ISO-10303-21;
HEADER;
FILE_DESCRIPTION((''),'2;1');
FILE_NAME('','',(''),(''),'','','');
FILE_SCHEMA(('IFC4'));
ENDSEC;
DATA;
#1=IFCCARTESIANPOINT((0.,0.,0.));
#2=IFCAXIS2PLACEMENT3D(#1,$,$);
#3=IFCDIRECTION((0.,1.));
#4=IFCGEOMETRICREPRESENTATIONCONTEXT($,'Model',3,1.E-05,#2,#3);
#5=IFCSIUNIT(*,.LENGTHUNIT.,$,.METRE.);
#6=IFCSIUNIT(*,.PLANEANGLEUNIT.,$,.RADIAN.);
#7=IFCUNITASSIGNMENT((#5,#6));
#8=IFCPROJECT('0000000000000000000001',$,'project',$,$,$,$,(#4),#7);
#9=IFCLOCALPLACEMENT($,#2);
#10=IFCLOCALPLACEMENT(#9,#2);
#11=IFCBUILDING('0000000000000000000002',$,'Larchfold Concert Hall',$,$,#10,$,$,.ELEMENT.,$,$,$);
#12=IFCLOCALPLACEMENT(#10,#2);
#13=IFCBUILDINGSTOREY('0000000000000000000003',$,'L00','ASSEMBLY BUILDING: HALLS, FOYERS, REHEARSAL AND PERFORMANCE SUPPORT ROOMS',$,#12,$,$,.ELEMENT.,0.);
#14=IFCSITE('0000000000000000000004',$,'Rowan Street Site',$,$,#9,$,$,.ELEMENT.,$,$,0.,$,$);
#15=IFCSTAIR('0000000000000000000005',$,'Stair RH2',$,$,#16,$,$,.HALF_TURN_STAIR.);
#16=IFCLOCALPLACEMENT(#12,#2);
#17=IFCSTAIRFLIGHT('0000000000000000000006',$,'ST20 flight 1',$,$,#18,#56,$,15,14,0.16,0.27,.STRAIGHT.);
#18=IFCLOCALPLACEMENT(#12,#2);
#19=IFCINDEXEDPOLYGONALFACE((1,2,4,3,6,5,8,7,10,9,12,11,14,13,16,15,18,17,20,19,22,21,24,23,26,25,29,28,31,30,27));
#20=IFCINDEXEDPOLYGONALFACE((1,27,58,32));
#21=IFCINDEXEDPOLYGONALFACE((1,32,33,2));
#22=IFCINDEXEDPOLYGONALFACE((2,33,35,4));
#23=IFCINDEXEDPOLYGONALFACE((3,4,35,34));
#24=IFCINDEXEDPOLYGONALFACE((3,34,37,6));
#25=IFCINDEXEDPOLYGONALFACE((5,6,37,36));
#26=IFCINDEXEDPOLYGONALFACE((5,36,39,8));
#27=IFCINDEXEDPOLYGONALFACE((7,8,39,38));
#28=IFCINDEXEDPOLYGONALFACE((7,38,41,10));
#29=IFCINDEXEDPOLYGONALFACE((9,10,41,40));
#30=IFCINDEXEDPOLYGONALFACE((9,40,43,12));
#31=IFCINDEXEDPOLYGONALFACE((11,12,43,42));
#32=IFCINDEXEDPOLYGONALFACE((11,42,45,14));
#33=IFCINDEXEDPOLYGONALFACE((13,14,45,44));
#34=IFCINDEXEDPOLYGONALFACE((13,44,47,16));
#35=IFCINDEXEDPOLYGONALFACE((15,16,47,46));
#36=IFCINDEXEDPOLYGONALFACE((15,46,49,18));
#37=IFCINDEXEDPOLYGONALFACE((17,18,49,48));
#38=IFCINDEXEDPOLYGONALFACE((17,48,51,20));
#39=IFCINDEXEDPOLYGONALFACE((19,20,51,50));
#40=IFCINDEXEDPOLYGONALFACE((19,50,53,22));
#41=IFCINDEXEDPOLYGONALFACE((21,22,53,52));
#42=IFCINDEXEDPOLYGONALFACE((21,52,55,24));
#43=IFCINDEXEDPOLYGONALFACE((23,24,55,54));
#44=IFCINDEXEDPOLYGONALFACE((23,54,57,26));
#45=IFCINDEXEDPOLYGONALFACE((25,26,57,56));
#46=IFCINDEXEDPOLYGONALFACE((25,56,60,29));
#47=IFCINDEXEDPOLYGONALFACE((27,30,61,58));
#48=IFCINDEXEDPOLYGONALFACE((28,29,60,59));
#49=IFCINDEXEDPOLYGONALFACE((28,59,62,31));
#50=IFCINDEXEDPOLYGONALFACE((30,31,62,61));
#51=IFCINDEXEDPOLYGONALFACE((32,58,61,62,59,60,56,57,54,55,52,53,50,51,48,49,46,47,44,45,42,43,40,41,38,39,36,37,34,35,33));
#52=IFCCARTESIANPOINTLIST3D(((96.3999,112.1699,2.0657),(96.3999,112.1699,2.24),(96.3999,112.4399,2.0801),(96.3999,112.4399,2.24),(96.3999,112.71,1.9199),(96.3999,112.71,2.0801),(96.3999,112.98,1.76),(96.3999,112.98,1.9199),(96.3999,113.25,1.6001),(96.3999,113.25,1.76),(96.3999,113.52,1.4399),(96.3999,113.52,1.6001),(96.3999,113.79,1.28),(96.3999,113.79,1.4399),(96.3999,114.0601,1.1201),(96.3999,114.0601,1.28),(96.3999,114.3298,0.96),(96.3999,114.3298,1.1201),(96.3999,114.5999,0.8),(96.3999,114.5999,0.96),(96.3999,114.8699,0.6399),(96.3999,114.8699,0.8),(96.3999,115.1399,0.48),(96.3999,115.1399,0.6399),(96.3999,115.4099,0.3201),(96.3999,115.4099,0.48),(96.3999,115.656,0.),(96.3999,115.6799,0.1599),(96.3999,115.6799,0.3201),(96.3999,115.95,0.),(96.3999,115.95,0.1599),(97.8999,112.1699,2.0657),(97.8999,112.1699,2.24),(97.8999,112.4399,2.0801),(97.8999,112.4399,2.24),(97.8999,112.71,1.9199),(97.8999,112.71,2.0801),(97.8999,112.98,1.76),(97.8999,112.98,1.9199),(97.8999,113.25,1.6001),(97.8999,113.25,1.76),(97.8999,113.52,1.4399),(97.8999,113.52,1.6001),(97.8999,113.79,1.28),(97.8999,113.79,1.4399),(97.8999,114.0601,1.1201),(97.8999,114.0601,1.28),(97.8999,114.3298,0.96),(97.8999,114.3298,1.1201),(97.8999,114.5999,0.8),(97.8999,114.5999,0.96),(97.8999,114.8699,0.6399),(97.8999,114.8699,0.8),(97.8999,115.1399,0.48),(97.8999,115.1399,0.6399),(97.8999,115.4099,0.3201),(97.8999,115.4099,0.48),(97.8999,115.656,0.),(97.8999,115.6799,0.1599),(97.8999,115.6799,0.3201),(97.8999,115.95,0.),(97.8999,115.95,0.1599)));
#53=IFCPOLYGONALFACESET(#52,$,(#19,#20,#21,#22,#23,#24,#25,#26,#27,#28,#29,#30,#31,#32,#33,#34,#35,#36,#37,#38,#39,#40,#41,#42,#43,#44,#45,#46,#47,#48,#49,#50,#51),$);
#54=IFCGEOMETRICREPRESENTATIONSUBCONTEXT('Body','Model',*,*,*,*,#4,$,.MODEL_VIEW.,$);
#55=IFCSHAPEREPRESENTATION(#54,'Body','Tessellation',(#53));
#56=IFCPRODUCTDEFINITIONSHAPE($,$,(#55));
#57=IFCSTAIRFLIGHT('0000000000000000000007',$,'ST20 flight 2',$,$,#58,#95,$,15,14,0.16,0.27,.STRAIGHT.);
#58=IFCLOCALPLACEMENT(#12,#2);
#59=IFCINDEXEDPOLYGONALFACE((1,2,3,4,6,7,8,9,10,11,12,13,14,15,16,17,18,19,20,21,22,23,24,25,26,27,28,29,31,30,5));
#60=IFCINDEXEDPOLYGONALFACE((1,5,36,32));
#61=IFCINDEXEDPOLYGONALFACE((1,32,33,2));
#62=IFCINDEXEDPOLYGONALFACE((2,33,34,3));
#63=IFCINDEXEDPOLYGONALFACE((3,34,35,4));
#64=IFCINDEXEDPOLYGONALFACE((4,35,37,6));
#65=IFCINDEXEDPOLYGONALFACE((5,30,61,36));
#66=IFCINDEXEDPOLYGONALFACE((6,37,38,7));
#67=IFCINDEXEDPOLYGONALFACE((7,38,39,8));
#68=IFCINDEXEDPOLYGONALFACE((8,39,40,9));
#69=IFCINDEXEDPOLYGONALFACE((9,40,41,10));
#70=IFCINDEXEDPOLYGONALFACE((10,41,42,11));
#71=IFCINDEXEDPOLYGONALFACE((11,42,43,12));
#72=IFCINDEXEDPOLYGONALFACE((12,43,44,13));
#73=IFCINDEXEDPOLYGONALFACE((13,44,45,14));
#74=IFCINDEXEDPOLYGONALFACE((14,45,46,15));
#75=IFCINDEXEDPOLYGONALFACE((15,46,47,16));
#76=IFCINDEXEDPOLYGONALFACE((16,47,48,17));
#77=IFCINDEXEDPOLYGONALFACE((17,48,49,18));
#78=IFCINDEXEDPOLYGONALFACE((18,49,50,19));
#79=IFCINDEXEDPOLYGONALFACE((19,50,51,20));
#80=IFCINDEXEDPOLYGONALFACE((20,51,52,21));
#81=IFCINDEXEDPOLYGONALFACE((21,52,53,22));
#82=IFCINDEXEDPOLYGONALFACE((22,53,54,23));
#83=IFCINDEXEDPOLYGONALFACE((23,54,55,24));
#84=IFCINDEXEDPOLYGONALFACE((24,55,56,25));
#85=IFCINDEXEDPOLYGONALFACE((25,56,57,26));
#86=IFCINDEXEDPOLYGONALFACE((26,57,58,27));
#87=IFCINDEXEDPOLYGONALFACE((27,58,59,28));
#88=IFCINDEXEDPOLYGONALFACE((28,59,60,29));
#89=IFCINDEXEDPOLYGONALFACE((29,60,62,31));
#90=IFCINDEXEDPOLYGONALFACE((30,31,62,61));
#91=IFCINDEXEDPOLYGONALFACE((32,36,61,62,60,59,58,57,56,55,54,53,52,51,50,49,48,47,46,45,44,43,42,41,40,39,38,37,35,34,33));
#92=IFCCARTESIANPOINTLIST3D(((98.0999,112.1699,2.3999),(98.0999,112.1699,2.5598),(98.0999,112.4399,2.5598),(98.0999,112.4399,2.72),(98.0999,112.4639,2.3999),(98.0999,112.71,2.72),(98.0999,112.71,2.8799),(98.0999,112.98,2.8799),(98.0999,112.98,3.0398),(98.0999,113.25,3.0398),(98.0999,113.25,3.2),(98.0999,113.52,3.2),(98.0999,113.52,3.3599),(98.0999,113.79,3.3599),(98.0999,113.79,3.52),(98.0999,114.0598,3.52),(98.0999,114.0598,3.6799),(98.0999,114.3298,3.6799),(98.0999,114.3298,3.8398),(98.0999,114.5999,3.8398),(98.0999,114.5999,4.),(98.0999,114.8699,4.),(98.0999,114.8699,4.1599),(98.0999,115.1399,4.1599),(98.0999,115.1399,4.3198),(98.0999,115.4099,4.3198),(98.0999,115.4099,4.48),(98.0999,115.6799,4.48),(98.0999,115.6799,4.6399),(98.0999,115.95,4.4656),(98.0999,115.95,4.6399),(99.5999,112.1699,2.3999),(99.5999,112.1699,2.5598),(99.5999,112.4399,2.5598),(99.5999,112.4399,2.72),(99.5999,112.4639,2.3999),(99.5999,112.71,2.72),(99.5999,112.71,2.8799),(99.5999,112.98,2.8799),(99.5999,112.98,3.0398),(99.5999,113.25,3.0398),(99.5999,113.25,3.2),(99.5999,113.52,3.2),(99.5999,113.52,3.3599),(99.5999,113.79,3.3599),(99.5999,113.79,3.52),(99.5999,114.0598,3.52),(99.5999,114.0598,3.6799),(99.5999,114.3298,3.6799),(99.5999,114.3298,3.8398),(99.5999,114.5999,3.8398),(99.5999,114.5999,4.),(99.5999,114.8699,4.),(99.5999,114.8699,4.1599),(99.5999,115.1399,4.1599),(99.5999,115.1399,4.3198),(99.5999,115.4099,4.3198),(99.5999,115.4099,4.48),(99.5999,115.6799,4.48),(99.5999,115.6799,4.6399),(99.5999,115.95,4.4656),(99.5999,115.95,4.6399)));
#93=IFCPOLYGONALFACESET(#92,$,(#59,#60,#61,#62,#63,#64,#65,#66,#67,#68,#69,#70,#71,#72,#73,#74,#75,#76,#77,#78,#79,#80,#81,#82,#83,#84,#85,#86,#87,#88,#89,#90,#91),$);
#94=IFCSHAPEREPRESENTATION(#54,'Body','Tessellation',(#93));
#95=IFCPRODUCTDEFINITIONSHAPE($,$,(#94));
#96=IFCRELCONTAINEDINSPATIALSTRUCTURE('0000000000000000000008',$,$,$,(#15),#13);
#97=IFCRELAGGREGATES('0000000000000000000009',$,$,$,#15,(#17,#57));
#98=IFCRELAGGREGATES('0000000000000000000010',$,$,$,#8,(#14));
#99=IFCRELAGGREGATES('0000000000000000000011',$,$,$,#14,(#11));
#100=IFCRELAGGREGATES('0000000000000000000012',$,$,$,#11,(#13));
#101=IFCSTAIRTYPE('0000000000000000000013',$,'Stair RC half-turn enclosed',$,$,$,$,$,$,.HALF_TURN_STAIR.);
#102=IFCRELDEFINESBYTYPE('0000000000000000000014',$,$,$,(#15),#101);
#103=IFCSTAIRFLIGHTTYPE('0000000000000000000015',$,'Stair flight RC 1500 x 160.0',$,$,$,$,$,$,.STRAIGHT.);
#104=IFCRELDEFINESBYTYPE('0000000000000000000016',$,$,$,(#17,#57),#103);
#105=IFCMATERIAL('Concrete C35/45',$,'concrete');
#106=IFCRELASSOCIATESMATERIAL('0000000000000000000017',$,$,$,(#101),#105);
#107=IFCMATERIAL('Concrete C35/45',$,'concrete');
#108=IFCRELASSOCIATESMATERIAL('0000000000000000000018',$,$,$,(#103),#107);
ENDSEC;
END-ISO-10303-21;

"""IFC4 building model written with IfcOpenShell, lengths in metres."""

from ifc_helpers import new_model, si_unit, direction, frame, origin, place, context, subcontext, project, spatial, polyline, outline, extrude, material, type_object, element, aggregate, save


model = new_model("IFC4")

# Units and contexts
model_context = context("Model", 3, precision=1e-05, world=origin(), true_north=direction((0.0, 1.0)))
body_context = subcontext(model_context, "Body", "Model", "MODEL_VIEW")
ifc_project = project(units=[si_unit("LENGTHUNIT", "METRE"), si_unit("PLANEANGLEUNIT", "RADIAN")], contexts=[model_context])

# Site, building, storey
site_placement = place(None, origin())
site = spatial("IfcSite", under=ifc_project, at=site_placement, Name="Rowan Street Site", CompositionType="ELEMENT", RefElevation=0.0)
building_placement = place(site_placement, origin())
building = spatial("IfcBuilding", under=site, at=building_placement, Name="Larchfold Concert Hall", CompositionType="ELEMENT")
storey_placement = place(building_placement, origin())
storey = spatial("IfcBuildingStorey", under=building, at=storey_placement, Name="L00", Description="ASSEMBLY BUILDING: HALLS, FOYERS, REHEARSAL AND PERFORMANCE SUPPORT ROOMS", CompositionType="ELEMENT", Elevation=0.0)

# Stair, stair flights
ifc_material_1 = material(Name="Concrete C35/45", Category="concrete")
stair_type = type_object("IfcStairType", Name="Stair RC half-turn enclosed", PredefinedType="HALF_TURN_STAIR", material=ifc_material_1)
stair_placement = place(storey_placement, origin())
stair = element("IfcStair", 1, at=stair_placement, inside=storey, type_object=stair_type, Name="Stair RH2", PredefinedType="HALF_TURN_STAIR")
ifc_material_2 = material(Name="Concrete C35/45", Category="concrete")
stair_flight_type = type_object("IfcStairFlightType", Name="Stair flight RC 1500 x 160.0", PredefinedType="STRAIGHT", material=ifc_material_2)
stair_flight_1_placement = place(storey_placement, frame((97.1499, 115.95, 0.0), z_axis=(0.0, 0.0, 1.0), x_axis=(0.0, -1.0, 0.0)))
stair_flight_1 = element("IfcStairFlight", 2, at=stair_flight_1_placement, type_object=stair_flight_type, Name="ST20 flight 1", NumberOfRisers=15, NumberOfTreads=14, PredefinedType="STRAIGHT", RiserHeight=0.16, TreadLength=0.27, context=body_context, shape_type="SweptSolid", body=[
    extrude(outline(polyline([(0.0, 0.0), (0.0, 0.1599), (0.27, 0.1599), (0.27, 0.3201), (0.54, 0.3201), (0.54, 0.48), (0.8101, 0.48), (0.8101, 0.6399), (1.0801, 0.6399), (1.0801, 0.8), (1.3501, 0.8), (1.3501, 0.96), (1.6201, 0.96), (1.6201, 1.1201), (1.8899, 1.1201), (1.8899, 1.28), (2.1599, 1.28), (2.1599, 1.4399), (2.4299, 1.4399), (2.4299, 1.6001), (2.7, 1.6001), (2.7, 1.76), (2.97, 1.76), (2.97, 1.9199), (3.24, 1.9199), (3.24, 2.0801), (3.51, 2.0801), (3.51, 2.24), (3.78, 2.24), (3.78, 2.3999), (3.78, 2.0657), (0.2939, 0.0), (0.0, 0.0)])), frame((0.0, 0.75, 0.0), z_axis=(0.0, -1.0, 0.0), x_axis=(1.0, 0.0, 0.0)), (0.0, 0.0, 1.0), 1.5),
])
stair_flight_2_placement = place(storey_placement, frame((98.8499, 112.1699, 2.3999), z_axis=(0.0, 0.0, 1.0), x_axis=(0.0, 1.0, 0.0)))
stair_flight_2 = element("IfcStairFlight", 3, at=stair_flight_2_placement, type_object=stair_flight_type, Name="ST20 flight 2", NumberOfRisers=15, NumberOfTreads=14, PredefinedType="STRAIGHT", RiserHeight=0.16, TreadLength=0.27, context=body_context, shape_type="SweptSolid", body=[
    extrude(outline(polyline([(0.0, 0.0), (0.0, 0.1599), (0.27, 0.1599), (0.27, 0.3201), (0.54, 0.3201), (0.54, 0.48), (0.8101, 0.48), (0.8101, 0.6399), (1.0801, 0.6399), (1.0801, 0.8), (1.3501, 0.8), (1.3501, 0.96), (1.6201, 0.96), (1.6201, 1.1201), (1.8899, 1.1201), (1.8899, 1.28), (2.1599, 1.28), (2.1599, 1.4399), (2.4299, 1.4399), (2.4299, 1.6001), (2.7, 1.6001), (2.7, 1.76), (2.97, 1.76), (2.97, 1.9199), (3.24, 1.9199), (3.24, 2.0801), (3.51, 2.0801), (3.51, 2.24), (3.78, 2.24), (3.78, 2.3999), (3.78, 2.0657), (0.2939, 0.0), (0.0, 0.0)])), frame((0.0, 0.75, 0.0), z_axis=(0.0, -1.0, 0.0), x_axis=(1.0, 0.0, 0.0)), (0.0, 0.0, 1.0), 1.5),
])
aggregate(stair, [stair_flight_1, stair_flight_2])

save(model, "model.ifc")
